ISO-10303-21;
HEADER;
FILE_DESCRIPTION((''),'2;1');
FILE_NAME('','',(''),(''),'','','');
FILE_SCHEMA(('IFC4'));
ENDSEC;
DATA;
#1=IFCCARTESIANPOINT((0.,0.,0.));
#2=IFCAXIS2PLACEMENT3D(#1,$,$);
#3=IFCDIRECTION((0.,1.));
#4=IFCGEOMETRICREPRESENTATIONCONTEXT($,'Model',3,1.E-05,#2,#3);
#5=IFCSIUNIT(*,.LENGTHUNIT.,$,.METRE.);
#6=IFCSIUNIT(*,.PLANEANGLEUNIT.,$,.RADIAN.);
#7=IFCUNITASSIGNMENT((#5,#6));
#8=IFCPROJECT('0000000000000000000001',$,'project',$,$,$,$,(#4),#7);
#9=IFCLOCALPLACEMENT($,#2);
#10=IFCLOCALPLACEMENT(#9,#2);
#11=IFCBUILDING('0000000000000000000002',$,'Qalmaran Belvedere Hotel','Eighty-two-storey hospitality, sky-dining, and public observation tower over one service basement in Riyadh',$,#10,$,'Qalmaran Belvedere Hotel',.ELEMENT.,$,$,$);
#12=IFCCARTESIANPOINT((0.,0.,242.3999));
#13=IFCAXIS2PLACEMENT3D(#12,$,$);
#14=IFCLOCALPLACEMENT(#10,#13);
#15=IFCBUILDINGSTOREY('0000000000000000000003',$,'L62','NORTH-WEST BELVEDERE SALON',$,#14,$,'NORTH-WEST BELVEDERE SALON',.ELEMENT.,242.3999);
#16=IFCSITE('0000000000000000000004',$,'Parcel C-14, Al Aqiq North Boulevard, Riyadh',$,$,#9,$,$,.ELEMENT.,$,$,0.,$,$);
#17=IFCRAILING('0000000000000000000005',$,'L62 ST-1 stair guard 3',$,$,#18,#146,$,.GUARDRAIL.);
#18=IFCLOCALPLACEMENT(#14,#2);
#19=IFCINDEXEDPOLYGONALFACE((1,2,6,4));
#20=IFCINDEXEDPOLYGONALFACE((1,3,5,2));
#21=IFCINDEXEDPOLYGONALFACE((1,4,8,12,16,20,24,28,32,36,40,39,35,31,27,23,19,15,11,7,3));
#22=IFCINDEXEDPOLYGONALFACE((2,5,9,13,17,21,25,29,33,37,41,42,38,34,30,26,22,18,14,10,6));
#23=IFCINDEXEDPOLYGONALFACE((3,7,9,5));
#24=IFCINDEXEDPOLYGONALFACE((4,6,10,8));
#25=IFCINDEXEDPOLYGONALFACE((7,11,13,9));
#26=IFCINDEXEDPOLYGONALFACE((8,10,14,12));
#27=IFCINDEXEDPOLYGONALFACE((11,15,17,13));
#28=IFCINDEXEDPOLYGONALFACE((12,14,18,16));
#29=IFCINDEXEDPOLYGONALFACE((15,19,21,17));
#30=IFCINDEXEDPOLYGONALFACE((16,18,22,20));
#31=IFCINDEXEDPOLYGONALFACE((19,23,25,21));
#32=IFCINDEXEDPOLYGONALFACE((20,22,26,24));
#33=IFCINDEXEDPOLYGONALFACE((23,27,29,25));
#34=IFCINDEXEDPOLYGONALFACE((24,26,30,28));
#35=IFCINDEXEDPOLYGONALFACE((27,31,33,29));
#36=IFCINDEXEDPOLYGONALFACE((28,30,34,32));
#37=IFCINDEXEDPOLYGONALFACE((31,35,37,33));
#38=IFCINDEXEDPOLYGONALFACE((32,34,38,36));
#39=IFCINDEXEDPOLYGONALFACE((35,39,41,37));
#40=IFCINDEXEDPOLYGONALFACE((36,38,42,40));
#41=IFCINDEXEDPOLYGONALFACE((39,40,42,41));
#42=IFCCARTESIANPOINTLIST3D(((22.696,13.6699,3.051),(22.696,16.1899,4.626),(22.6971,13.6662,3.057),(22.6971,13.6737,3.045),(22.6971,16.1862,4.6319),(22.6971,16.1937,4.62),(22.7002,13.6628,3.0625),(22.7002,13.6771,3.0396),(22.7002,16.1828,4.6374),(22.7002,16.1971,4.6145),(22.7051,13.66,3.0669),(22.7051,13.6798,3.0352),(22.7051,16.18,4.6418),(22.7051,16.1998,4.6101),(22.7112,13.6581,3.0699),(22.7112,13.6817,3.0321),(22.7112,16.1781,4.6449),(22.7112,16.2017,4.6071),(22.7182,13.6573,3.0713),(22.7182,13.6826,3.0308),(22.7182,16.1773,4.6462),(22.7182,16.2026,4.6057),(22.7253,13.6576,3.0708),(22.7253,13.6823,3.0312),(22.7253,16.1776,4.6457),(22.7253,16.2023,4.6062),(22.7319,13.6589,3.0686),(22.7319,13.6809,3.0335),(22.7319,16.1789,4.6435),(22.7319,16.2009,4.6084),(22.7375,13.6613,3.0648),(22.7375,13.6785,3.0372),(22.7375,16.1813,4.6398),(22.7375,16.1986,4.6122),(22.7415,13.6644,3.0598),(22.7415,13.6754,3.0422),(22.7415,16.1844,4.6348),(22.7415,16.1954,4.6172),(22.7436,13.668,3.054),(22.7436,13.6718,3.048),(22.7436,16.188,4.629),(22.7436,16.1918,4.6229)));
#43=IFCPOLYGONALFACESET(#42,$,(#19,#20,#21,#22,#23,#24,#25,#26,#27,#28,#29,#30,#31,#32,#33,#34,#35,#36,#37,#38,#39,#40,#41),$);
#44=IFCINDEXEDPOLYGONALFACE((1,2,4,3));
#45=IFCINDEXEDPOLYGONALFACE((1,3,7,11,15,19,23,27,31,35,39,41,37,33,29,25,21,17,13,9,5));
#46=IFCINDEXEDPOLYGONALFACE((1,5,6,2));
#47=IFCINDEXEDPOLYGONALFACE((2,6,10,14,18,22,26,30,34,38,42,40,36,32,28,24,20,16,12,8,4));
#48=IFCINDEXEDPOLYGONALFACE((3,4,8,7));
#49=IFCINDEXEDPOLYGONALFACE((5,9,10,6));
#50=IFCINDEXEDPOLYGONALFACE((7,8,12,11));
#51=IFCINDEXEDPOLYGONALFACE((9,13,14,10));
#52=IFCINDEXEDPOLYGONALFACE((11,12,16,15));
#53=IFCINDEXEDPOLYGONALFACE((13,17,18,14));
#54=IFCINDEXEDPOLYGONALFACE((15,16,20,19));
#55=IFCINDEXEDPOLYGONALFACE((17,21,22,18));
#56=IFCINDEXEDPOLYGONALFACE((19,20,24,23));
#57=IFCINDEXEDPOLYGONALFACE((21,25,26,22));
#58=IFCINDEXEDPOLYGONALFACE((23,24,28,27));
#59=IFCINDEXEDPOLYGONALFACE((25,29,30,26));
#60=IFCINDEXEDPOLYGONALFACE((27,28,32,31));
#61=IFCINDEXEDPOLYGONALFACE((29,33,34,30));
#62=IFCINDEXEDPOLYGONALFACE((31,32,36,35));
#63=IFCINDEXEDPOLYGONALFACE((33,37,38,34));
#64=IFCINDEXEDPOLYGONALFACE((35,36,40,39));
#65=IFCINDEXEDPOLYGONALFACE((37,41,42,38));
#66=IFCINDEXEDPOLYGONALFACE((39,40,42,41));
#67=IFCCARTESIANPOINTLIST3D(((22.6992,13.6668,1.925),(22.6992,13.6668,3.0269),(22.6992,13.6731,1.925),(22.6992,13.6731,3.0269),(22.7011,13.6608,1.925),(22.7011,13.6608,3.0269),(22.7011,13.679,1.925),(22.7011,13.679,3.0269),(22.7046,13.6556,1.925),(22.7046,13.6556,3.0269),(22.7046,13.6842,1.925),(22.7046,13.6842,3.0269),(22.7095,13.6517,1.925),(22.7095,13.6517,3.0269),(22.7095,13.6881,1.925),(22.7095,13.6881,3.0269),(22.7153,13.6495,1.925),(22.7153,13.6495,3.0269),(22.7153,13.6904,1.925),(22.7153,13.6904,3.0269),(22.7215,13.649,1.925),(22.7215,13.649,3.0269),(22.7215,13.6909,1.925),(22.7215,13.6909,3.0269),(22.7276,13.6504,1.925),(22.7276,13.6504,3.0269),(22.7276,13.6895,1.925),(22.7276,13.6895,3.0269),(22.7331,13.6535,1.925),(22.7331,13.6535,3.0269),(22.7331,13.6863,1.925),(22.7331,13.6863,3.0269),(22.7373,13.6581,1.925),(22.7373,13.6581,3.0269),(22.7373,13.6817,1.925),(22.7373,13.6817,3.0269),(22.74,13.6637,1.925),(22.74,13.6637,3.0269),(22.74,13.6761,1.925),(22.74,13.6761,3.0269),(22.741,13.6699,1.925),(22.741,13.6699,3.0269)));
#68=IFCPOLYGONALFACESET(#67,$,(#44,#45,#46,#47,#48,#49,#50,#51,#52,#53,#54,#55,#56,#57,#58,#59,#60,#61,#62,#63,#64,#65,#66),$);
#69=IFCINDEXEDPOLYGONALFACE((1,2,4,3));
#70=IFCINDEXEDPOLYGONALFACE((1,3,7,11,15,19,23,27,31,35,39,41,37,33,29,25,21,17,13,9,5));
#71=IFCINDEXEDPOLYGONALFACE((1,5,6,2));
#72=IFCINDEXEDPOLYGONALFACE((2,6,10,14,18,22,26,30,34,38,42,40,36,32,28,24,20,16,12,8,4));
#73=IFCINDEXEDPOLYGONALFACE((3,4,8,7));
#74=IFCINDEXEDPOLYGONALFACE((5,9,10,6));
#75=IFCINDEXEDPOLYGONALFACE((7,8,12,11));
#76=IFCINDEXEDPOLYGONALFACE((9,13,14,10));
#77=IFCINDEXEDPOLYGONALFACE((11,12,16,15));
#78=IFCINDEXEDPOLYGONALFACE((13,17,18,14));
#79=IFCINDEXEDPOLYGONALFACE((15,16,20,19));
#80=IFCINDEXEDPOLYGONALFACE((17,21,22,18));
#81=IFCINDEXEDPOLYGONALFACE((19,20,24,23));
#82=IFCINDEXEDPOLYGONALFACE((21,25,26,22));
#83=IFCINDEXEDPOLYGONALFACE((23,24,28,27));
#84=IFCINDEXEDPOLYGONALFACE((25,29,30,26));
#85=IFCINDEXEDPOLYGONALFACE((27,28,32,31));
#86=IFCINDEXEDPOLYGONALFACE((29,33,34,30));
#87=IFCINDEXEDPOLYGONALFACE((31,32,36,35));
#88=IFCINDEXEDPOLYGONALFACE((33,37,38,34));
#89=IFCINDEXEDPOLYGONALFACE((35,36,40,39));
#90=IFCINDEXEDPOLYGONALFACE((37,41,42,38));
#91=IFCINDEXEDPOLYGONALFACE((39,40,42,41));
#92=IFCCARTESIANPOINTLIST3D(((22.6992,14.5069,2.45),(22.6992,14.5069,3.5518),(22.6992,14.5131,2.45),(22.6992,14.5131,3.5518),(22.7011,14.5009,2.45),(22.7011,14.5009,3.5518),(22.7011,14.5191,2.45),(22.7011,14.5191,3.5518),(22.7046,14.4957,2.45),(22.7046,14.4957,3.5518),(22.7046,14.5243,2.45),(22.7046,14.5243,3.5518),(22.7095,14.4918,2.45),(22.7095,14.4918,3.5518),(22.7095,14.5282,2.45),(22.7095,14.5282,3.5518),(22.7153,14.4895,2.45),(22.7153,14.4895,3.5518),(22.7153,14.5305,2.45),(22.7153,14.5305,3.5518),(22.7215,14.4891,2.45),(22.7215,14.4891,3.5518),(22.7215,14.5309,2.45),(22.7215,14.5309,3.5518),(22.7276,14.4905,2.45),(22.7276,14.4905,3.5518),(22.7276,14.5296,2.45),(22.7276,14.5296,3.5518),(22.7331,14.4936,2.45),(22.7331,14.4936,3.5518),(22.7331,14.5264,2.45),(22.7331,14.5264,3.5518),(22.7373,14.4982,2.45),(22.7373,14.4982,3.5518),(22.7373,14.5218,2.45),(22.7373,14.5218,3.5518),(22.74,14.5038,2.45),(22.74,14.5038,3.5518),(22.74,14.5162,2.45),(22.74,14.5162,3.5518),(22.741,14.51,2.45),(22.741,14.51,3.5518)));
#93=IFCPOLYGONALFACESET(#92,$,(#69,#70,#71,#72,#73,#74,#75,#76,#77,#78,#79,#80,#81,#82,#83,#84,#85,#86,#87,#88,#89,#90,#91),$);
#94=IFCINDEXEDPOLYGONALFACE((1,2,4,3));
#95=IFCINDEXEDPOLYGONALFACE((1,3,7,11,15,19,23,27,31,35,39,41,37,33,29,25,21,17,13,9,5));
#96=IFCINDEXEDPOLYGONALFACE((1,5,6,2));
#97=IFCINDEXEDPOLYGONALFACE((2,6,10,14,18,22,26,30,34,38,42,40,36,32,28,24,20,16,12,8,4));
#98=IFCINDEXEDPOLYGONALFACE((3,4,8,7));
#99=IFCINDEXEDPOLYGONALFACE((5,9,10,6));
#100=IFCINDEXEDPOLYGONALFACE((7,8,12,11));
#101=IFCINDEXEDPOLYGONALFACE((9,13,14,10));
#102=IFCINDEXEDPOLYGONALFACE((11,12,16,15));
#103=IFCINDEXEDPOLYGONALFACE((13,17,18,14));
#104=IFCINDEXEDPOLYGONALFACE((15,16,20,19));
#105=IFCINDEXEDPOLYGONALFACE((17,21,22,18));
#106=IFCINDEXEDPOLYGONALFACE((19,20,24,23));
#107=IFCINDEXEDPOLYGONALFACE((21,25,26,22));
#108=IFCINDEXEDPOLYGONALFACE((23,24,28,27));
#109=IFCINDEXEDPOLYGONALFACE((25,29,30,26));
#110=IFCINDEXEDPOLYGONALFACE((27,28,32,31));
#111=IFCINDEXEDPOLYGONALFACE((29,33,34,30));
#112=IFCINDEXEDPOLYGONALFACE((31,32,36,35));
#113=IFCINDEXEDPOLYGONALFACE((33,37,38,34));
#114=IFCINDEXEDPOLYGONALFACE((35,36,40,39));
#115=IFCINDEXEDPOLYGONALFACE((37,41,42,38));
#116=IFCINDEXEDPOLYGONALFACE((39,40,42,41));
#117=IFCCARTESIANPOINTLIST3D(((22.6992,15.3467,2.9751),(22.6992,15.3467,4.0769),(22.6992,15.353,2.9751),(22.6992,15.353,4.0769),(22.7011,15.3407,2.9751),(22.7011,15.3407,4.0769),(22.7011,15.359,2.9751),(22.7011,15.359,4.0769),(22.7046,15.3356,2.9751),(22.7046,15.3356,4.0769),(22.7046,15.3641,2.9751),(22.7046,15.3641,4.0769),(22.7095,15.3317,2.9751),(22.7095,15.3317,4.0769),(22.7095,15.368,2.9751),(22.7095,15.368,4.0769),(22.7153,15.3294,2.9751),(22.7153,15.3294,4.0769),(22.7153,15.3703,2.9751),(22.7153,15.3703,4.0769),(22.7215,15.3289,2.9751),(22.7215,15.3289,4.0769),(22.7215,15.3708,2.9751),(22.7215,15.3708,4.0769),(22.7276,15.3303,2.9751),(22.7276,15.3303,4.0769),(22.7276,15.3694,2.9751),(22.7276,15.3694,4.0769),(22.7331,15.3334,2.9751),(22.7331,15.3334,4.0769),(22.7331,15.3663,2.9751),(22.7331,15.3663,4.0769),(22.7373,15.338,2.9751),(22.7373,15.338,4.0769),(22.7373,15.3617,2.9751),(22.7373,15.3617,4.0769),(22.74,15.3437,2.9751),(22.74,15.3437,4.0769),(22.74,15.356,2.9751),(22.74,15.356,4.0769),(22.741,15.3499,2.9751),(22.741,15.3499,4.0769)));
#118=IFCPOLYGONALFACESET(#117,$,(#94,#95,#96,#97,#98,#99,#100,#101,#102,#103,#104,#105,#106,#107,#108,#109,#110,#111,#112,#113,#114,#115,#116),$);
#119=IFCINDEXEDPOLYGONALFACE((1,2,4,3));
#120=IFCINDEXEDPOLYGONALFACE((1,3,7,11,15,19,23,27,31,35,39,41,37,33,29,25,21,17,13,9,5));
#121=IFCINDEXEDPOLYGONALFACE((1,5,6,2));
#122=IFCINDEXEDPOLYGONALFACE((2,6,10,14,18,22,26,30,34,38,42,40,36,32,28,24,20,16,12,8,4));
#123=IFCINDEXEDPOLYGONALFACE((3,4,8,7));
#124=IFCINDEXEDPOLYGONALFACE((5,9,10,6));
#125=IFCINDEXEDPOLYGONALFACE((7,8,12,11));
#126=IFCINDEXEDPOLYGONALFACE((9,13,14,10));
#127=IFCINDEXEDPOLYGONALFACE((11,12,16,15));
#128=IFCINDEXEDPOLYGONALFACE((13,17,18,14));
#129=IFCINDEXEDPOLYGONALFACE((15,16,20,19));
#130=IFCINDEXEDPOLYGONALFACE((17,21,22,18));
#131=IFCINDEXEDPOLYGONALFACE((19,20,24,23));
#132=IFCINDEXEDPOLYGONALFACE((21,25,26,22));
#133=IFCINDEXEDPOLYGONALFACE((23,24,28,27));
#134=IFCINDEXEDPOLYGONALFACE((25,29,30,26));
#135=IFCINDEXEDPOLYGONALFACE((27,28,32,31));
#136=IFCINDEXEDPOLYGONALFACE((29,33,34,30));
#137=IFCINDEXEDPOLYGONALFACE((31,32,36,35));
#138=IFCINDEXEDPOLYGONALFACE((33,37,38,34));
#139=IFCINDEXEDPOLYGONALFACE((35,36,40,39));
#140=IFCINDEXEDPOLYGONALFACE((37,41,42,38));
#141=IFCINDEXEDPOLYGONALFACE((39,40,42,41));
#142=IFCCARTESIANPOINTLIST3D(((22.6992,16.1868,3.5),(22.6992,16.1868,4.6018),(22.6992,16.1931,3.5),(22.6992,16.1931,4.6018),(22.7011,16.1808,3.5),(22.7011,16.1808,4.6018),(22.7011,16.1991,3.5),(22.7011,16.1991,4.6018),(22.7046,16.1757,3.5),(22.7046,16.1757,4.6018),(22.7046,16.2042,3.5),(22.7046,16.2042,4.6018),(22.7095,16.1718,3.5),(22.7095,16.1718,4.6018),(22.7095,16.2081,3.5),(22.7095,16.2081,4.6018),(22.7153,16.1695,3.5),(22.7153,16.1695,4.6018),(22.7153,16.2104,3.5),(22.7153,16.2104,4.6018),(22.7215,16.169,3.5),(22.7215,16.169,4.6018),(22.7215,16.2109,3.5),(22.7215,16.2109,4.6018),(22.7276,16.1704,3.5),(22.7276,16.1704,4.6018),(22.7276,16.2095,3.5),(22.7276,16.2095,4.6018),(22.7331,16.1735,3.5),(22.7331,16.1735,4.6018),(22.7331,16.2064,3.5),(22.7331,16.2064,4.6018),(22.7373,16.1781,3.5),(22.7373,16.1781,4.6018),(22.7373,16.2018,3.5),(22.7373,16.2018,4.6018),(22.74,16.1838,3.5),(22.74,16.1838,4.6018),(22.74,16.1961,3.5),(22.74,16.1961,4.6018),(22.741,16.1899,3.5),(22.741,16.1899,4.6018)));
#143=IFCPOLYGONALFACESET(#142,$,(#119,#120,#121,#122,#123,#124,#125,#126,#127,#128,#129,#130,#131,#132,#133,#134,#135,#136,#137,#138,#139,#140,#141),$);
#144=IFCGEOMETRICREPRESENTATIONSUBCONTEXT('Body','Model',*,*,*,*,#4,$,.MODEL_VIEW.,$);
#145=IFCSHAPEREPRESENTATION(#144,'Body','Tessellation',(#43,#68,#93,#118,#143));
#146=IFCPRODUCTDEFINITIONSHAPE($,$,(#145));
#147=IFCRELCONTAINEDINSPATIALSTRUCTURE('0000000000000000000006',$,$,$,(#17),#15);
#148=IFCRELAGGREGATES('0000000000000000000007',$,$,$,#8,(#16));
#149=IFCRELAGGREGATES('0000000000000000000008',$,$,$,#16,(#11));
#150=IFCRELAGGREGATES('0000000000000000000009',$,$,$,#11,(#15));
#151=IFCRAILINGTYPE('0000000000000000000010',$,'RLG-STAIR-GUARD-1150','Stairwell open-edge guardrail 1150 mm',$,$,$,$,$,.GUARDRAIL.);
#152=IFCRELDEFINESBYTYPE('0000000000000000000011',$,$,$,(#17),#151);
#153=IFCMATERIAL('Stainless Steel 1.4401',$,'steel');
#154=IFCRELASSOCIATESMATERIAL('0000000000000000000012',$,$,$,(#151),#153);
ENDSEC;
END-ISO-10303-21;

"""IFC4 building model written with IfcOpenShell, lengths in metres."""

from ifc_helpers import new_model, si_unit, direction, frame, origin, origin_2d, place, context, subcontext, project, spatial, circle, extrude, material, type_object, element, save


model = new_model("IFC4")

# Units and contexts
model_context = context("Model", 3, precision=1e-05, world=origin(), true_north=direction((0.0, 1.0)))
body_context = subcontext(model_context, "Body", "Model", "MODEL_VIEW")
ifc_project = project(units=[si_unit("LENGTHUNIT", "METRE"), si_unit("PLANEANGLEUNIT", "RADIAN")], contexts=[model_context])

# Site, building, storey
site_placement = place(None, origin())
site = spatial("IfcSite", under=ifc_project, at=site_placement, Name="Parcel C-14, Al Aqiq North Boulevard, Riyadh", CompositionType="ELEMENT", RefElevation=0.0)
building_placement = place(site_placement, origin())
building = spatial("IfcBuilding", under=site, at=building_placement, Name="Qalmaran Belvedere Hotel", Description="Eighty-two-storey hospitality, sky-dining, and public observation tower over one service basement in Riyadh", LongName="Qalmaran Belvedere Hotel", CompositionType="ELEMENT")
storey_placement = place(building_placement, frame((0.0, 0.0, 242.3999)))
storey = spatial("IfcBuildingStorey", under=building, at=storey_placement, Name="L62", Description="NORTH-WEST BELVEDERE SALON", LongName="NORTH-WEST BELVEDERE SALON", CompositionType="ELEMENT", Elevation=242.3999)

# Railing
ifc_material_1 = material(Name="Stainless Steel 1.4401", Category="steel")
railing_type_1 = type_object("IfcRailingType", Name="RLG-STAIR-GUARD-1150", Description="Stairwell open-edge guardrail 1150 mm", PredefinedType="GUARDRAIL", material=ifc_material_1)
railing_1_placement = place(storey_placement, frame((22.72, 13.6699, 1.925)))
element("IfcRailing", 1, at=railing_1_placement, inside=storey, type_object=railing_type_1, Name="L62 ST-1 stair guard 3", PredefinedType="GUARDRAIL", context=body_context, shape_type="SweptSolid", body=[
    extrude(circle(Radius=0.0239, at=origin_2d()), frame((0.0, 0.0, 1.126), z_axis=(0.0, 0.848008, 0.529984), x_axis=(-1.0, 0.0, 0.0)), (0.0, 0.0, 1.0), 2.9717),
    extrude(circle(Radius=0.021, at=origin_2d()), origin(), (0.0, 0.0, 1.0), 1.1018),
    extrude(circle(Radius=0.021, at=origin_2d()), frame((0.0, 0.8401, 0.5249)), (0.0, 0.0, 1.0), 1.1018),
    extrude(circle(Radius=0.021, at=origin_2d()), frame((0.0, 1.6799, 1.05)), (0.0, 0.0, 1.0), 1.1018),
    extrude(circle(Radius=0.021, at=origin_2d()), frame((0.0, 2.52, 1.575)), (0.0, 0.0, 1.0), 1.1018),
])

save(model, "model.ifc")
